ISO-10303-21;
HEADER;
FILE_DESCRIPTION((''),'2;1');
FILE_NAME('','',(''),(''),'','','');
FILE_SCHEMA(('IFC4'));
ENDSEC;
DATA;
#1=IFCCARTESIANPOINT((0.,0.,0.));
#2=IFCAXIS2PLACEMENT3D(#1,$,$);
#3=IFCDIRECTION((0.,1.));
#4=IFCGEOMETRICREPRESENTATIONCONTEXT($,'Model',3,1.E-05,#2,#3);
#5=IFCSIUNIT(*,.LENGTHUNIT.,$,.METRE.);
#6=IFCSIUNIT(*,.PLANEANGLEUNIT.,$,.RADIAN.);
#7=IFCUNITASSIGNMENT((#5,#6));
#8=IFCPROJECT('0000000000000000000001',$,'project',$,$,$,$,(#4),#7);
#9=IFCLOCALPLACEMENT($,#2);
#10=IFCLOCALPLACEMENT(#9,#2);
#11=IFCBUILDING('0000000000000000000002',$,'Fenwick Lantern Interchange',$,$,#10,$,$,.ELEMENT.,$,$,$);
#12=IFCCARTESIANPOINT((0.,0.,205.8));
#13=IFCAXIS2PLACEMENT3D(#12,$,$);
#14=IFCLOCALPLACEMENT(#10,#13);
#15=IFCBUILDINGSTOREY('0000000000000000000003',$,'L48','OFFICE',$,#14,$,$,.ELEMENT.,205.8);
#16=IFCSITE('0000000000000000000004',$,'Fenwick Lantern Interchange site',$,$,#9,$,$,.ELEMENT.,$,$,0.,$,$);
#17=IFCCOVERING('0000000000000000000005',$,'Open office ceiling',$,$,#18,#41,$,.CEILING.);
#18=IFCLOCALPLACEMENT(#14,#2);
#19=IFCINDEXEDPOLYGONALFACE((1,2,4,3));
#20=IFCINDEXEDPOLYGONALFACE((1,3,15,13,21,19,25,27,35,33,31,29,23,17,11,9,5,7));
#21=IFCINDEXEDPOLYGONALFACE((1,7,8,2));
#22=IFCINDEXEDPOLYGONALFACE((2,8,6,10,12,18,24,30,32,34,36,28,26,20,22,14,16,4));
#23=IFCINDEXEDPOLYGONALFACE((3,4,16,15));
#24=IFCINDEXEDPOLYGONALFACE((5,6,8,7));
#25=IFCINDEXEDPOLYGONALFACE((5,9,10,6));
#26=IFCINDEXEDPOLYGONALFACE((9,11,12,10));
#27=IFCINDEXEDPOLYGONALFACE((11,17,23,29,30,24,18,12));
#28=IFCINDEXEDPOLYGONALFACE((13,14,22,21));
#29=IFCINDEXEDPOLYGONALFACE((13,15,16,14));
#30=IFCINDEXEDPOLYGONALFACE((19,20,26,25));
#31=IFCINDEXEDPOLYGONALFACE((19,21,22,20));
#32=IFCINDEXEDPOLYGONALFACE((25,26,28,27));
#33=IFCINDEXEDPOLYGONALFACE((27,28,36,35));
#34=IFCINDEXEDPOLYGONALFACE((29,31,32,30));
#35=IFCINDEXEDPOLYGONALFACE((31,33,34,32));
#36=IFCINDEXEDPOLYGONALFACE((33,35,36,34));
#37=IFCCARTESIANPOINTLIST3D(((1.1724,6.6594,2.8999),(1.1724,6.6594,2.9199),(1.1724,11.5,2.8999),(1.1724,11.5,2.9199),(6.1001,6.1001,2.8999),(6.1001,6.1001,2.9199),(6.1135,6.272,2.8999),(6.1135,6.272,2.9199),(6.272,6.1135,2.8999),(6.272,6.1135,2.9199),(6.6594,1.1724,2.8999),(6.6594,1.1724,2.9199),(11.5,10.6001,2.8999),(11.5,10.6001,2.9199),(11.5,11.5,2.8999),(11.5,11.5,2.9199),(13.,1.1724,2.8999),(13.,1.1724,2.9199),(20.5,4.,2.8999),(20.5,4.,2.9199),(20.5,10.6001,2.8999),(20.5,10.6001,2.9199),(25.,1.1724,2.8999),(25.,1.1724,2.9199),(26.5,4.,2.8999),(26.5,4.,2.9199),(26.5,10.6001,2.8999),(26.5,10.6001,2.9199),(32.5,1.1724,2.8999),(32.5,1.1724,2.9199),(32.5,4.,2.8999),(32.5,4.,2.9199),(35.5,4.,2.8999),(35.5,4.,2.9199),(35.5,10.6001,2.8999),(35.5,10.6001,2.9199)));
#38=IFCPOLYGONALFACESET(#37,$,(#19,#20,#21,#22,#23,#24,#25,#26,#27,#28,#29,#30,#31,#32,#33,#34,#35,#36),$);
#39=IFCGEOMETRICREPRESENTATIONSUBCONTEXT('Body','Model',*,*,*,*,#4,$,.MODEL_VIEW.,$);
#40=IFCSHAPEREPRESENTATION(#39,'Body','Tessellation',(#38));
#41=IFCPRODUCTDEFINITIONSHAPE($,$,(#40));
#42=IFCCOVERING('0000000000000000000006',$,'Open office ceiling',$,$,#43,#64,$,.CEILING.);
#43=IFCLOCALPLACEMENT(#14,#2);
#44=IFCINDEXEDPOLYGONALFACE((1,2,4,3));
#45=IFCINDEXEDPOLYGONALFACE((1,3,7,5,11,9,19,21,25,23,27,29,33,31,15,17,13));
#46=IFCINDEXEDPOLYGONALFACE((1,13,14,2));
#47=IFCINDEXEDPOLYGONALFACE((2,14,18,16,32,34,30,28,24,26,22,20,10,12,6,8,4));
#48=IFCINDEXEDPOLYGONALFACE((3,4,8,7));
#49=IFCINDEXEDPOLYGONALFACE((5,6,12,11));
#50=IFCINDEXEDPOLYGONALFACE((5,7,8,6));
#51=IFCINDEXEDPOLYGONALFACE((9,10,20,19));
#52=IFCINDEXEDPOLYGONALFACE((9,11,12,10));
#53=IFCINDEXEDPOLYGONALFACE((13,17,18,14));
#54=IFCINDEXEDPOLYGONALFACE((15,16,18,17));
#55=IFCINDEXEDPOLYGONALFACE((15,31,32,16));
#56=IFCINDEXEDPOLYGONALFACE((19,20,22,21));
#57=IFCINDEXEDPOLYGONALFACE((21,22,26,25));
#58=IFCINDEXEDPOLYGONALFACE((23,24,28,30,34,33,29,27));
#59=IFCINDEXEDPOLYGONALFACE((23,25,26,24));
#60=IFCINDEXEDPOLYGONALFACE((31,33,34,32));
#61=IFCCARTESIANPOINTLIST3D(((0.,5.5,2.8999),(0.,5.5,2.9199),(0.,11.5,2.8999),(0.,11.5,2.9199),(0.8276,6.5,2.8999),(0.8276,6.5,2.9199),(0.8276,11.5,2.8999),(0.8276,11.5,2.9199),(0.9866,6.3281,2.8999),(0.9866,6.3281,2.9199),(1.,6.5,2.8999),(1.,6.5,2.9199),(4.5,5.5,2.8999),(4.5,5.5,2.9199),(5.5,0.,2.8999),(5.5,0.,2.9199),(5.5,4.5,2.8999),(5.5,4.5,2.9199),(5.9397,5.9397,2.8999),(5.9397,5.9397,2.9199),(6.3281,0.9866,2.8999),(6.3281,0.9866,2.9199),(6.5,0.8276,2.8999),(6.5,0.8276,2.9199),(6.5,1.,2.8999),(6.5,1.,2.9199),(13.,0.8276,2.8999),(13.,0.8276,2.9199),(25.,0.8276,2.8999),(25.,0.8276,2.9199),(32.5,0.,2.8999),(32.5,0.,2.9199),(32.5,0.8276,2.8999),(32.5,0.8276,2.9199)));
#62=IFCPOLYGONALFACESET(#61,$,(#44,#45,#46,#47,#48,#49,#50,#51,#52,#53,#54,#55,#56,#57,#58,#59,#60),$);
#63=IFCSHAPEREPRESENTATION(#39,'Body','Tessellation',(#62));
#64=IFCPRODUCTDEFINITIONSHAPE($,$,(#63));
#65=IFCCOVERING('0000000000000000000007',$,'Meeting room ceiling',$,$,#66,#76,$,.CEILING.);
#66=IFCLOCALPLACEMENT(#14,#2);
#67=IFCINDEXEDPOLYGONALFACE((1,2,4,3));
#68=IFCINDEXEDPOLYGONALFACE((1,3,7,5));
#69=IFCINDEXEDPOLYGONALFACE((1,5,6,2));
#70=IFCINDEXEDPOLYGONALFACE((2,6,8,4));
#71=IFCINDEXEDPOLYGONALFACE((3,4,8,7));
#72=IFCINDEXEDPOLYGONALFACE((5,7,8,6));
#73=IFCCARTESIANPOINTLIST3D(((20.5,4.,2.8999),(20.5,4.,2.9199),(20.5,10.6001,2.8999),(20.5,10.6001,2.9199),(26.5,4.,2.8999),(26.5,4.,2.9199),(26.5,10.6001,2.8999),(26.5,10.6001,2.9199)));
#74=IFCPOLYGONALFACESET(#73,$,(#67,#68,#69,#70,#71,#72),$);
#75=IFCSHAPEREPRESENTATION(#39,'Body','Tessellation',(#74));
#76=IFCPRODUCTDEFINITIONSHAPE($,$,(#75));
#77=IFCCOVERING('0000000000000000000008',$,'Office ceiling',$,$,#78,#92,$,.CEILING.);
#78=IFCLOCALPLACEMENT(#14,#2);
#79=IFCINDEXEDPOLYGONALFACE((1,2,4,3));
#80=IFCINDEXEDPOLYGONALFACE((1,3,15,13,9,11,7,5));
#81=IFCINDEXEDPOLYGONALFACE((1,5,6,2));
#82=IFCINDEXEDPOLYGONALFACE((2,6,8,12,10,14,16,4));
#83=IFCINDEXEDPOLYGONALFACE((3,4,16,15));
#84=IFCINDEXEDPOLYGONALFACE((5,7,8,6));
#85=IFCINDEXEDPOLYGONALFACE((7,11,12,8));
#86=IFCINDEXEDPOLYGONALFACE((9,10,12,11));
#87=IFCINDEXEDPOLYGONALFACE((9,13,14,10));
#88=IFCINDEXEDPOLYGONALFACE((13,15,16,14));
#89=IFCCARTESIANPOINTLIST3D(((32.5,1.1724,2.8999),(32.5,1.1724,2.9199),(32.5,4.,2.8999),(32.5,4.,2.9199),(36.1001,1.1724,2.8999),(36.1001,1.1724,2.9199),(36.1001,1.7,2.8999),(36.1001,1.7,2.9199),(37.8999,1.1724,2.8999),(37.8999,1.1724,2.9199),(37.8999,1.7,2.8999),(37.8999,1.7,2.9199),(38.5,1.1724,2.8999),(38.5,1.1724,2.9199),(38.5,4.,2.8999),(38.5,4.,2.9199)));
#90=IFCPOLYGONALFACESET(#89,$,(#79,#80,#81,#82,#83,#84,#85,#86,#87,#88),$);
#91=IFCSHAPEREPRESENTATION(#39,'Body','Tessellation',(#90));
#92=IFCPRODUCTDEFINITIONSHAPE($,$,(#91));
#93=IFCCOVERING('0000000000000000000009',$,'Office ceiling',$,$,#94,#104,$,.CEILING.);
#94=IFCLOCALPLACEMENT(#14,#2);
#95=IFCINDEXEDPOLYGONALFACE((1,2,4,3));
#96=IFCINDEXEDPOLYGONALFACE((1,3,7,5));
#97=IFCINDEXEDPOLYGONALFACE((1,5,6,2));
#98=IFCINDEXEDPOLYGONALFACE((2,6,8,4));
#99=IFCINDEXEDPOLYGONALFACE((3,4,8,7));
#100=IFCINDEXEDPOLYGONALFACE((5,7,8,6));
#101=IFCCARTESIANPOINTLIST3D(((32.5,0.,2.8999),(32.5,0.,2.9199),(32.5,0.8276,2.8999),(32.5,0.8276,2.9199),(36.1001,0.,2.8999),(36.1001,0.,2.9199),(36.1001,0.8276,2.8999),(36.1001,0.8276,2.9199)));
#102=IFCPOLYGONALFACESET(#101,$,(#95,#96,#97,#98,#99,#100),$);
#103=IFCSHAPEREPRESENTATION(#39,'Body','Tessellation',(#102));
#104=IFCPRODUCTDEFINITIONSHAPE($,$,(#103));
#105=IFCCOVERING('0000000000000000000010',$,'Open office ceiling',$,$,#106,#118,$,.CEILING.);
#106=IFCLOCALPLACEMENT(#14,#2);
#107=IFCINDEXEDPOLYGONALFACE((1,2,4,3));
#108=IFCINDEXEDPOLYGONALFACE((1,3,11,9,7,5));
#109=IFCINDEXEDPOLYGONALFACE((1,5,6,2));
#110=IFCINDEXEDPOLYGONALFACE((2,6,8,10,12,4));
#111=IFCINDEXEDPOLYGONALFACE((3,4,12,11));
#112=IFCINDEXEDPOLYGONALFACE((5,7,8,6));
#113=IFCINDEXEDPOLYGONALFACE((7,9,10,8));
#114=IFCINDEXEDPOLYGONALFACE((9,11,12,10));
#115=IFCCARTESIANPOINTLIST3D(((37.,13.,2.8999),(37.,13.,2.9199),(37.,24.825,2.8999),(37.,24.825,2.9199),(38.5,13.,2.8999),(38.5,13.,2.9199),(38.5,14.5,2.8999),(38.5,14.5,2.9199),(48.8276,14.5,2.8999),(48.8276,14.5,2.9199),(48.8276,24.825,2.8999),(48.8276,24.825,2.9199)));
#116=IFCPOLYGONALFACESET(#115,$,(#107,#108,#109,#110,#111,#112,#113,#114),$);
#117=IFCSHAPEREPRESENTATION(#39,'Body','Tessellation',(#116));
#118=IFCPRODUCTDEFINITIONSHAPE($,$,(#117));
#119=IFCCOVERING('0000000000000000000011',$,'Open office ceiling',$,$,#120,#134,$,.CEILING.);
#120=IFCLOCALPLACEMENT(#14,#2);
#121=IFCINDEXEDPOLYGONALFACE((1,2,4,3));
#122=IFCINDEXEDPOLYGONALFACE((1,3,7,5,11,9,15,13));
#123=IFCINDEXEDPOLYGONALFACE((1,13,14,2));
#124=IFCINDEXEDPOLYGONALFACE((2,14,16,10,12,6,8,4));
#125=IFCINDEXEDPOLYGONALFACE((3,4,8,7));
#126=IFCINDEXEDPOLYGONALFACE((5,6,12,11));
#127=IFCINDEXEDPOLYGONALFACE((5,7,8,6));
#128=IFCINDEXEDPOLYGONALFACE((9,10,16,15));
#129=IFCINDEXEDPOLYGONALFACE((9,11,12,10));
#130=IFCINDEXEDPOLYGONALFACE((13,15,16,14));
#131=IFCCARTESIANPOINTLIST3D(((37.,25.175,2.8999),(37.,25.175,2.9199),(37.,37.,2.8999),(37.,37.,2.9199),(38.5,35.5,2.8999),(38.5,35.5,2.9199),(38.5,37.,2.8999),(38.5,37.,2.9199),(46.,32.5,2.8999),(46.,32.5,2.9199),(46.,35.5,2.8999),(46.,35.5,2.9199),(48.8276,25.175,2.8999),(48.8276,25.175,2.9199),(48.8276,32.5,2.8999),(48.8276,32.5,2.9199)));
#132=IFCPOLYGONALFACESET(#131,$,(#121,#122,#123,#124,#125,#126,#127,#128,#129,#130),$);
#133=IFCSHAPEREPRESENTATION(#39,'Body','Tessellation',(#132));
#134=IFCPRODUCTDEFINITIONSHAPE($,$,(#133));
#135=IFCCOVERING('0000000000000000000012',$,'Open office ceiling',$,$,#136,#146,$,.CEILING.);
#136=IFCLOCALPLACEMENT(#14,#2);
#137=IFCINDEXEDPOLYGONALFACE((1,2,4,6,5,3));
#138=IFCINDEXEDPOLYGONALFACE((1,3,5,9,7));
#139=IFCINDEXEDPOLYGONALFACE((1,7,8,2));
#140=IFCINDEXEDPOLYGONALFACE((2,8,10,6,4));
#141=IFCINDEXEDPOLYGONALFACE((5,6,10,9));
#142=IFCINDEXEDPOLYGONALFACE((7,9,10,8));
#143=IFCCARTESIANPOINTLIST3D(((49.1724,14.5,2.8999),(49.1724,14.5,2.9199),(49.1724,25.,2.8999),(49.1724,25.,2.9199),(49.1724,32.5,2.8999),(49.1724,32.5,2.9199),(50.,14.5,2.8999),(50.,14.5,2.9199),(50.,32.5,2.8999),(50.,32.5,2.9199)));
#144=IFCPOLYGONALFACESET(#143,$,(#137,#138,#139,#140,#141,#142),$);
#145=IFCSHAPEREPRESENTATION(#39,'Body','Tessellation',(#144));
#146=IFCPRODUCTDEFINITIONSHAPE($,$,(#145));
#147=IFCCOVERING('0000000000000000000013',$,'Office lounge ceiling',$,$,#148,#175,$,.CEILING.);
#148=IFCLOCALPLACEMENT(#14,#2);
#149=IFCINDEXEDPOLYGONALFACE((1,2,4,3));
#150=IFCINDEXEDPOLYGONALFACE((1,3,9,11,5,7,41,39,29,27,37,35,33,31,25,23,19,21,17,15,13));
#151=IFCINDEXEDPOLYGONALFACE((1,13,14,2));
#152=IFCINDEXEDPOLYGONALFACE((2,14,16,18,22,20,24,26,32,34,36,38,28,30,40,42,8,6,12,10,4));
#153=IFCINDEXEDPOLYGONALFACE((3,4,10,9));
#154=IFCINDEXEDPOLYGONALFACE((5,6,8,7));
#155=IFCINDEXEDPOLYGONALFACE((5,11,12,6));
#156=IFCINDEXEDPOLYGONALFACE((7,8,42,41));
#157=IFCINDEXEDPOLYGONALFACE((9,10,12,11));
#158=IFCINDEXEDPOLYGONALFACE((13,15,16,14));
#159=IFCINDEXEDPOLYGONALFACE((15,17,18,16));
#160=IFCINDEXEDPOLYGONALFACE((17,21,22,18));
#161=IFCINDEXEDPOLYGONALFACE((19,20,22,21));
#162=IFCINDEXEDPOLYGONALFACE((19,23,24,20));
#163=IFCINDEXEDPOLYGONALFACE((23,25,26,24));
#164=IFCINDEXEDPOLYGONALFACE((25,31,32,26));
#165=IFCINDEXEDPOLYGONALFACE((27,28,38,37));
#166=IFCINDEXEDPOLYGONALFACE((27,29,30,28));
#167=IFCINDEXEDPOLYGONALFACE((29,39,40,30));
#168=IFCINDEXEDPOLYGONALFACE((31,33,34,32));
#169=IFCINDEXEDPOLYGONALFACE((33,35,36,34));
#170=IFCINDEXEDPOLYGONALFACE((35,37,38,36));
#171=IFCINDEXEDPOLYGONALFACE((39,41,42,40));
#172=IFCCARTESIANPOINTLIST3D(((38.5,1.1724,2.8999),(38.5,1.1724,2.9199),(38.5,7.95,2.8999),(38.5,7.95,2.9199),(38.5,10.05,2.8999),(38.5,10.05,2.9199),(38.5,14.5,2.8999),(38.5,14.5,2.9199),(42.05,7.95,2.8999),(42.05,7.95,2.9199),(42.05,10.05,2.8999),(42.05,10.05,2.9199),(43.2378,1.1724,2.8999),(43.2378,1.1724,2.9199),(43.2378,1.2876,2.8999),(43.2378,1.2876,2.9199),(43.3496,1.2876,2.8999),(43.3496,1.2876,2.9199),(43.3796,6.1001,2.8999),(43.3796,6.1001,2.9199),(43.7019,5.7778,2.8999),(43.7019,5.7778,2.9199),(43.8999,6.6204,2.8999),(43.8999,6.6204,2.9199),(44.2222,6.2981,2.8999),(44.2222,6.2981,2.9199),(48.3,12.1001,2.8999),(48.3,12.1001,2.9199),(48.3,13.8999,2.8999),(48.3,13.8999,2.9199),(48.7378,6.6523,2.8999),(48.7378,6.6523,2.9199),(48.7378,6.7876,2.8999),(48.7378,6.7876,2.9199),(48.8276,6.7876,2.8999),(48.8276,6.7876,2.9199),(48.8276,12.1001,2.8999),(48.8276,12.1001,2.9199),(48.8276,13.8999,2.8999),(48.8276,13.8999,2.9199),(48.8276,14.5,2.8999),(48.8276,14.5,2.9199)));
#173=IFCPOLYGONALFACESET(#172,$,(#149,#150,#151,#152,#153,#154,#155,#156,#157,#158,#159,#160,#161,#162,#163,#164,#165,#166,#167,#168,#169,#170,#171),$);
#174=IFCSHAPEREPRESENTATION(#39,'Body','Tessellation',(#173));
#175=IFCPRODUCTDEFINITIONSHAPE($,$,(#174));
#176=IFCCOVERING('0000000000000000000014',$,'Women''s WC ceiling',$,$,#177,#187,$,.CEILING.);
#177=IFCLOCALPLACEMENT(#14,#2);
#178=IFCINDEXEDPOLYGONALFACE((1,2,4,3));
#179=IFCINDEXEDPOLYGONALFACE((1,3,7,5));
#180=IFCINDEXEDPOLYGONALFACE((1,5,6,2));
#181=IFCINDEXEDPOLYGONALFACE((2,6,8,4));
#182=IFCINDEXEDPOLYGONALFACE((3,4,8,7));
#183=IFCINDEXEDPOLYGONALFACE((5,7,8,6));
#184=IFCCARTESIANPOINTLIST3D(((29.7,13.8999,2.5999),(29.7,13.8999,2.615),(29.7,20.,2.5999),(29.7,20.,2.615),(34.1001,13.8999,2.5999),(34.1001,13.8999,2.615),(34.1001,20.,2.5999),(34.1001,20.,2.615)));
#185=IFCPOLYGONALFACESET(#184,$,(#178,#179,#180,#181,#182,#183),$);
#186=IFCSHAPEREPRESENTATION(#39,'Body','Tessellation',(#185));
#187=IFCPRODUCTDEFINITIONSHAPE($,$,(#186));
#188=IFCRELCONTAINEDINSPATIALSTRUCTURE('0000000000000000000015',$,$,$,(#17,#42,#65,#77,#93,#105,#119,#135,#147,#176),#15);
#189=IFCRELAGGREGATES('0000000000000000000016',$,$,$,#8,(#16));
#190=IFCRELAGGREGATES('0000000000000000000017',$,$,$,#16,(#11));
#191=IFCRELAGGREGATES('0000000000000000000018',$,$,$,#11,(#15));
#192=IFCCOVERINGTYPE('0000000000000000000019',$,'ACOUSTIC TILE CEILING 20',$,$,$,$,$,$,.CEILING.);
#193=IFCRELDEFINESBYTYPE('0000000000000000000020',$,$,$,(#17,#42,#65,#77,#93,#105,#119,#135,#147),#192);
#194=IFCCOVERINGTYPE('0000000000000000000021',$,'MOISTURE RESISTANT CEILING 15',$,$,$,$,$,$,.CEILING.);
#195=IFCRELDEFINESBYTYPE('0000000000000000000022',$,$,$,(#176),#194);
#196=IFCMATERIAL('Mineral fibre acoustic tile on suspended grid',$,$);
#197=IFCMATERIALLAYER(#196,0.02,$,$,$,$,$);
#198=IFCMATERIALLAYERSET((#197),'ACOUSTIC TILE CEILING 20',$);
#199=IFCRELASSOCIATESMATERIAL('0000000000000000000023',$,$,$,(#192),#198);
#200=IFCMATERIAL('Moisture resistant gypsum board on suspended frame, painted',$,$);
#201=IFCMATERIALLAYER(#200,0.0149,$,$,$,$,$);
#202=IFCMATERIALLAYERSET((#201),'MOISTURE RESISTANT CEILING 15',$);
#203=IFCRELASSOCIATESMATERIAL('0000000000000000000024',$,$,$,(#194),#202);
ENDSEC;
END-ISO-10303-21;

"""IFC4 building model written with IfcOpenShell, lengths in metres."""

from ifc_helpers import new_model, si_unit, direction, frame, origin, place, context, subcontext, project, spatial, polyline, outline, extrude, material, layer, layer_set, type_object, element, save


model = new_model("IFC4")

# Units and contexts
model_context = context("Model", 3, precision=1e-05, world=origin(), true_north=direction((0.0, 1.0)))
body_context = subcontext(model_context, "Body", "Model", "MODEL_VIEW")
ifc_project = project(units=[si_unit("LENGTHUNIT", "METRE"), si_unit("PLANEANGLEUNIT", "RADIAN")], contexts=[model_context])

# Site, building, storey
site_placement = place(None, origin())
site = spatial("IfcSite", under=ifc_project, at=site_placement, Name="Fenwick Lantern Interchange site", CompositionType="ELEMENT", RefElevation=0.0)
building_placement = place(site_placement, origin())
building = spatial("IfcBuilding", under=site, at=building_placement, Name="Fenwick Lantern Interchange", CompositionType="ELEMENT")
storey_placement = place(building_placement, frame((0.0, 0.0, 205.8)))
storey = spatial("IfcBuildingStorey", under=building, at=storey_placement, Name="L48", Description="OFFICE", CompositionType="ELEMENT", Elevation=205.8)

# Coverings
ifc_material_1 = material(Name="Mineral fibre acoustic tile on suspended grid")
ifc_layer_1 = layer(ifc_material_1, 0.02)
ifc_layer_set_1 = layer_set([ifc_layer_1], Name="ACOUSTIC TILE CEILING 20")
covering_type_1 = type_object("IfcCoveringType", Name="ACOUSTIC TILE CEILING 20", PredefinedType="CEILING", material=ifc_layer_set_1)
covering_1_placement = place(storey_placement, frame((0.0, 0.0, 2.8999)))
element("IfcCovering", 1, at=covering_1_placement, inside=storey, type_object=covering_type_1, Name="Open office ceiling", PredefinedType="CEILING", context=body_context, shape_type="SweptSolid", body=[
    extrude(outline(polyline([(26.5, 10.6001), (26.5, 4.0), (20.5, 4.0), (20.5, 10.6001), (11.5, 10.6001), (11.5, 11.5), (1.1724, 11.5), (1.1724, 6.6594), (6.1135, 6.272), (6.1001, 6.1001), (6.272, 6.1135), (6.6594, 1.1724), (13.0, 1.1724), (25.0, 1.1724), (32.5, 1.1724), (32.5, 4.0), (35.5, 4.0), (35.5, 10.6001), (26.5, 10.6001)])), origin(), (0.0, 0.0, 1.0), 0.02),
])
covering_2_placement = place(storey_placement, frame((0.0, 0.0, 2.8999)))
element("IfcCovering", 2, at=covering_2_placement, inside=storey, type_object=covering_type_1, Name="Open office ceiling", PredefinedType="CEILING", context=body_context, shape_type="SweptSolid", body=[
    extrude(outline(polyline([(32.5, 0.0), (32.5, 0.8276), (25.0, 0.8276), (13.0, 0.8276), (6.5, 0.8276), (6.5, 1.0), (6.3281, 0.9866), (5.9397, 5.9397), (0.9866, 6.3281), (1.0, 6.5), (0.8276, 6.5), (0.8276, 11.5), (0.0, 11.5), (0.0, 5.5), (4.5, 5.5), (5.5, 4.5), (5.5, 0.0), (32.5, 0.0)])), origin(), (0.0, 0.0, 1.0), 0.02),
])
covering_3_placement = place(storey_placement, frame((0.0, 0.0, 2.8999)))
element("IfcCovering", 3, at=covering_3_placement, inside=storey, type_object=covering_type_1, Name="Meeting room ceiling", PredefinedType="CEILING", context=body_context, shape_type="SweptSolid", body=[
    extrude(outline(polyline([(20.5, 4.0), (26.5, 4.0), (26.5, 10.6001), (20.5, 10.6001), (20.5, 4.0)])), origin(), (0.0, 0.0, 1.0), 0.02),
])
covering_4_placement = place(storey_placement, frame((0.0, 0.0, 2.8999)))
element("IfcCovering", 4, at=covering_4_placement, inside=storey, type_object=covering_type_1, Name="Office ceiling", PredefinedType="CEILING", context=body_context, shape_type="SweptSolid", body=[
    extrude(outline(polyline([(32.5, 4.0), (32.5, 1.1724), (36.1001, 1.1724), (36.1001, 1.7), (37.8999, 1.7), (37.8999, 1.1724), (38.5, 1.1724), (38.5, 4.0), (32.5, 4.0)])), origin(), (0.0, 0.0, 1.0), 0.02),
])
covering_5_placement = place(storey_placement, frame((0.0, 0.0, 2.8999)))
element("IfcCovering", 5, at=covering_5_placement, inside=storey, type_object=covering_type_1, Name="Office ceiling", PredefinedType="CEILING", context=body_context, shape_type="SweptSolid", body=[
    extrude(outline(polyline([(32.5, 0.8276), (32.5, 0.0), (36.1001, 0.0), (36.1001, 0.8276), (32.5, 0.8276)])), origin(), (0.0, 0.0, 1.0), 0.02),
])
covering_6_placement = place(storey_placement, frame((0.0, 0.0, 2.8999)))
element("IfcCovering", 6, at=covering_6_placement, inside=storey, type_object=covering_type_1, Name="Open office ceiling", PredefinedType="CEILING", context=body_context, shape_type="SweptSolid", body=[
    extrude(outline(polyline([(38.5, 14.5), (48.8276, 14.5), (48.8276, 24.825), (37.0, 24.825), (37.0, 13.0), (38.5, 13.0), (38.5, 14.5)])), origin(), (0.0, 0.0, 1.0), 0.02),
])
covering_7_placement = place(storey_placement, frame((0.0, 0.0, 2.8999)))
element("IfcCovering", 7, at=covering_7_placement, inside=storey, type_object=covering_type_1, Name="Open office ceiling", PredefinedType="CEILING", context=body_context, shape_type="SweptSolid", body=[
    extrude(outline(polyline([(46.0, 32.5), (46.0, 35.5), (38.5, 35.5), (38.5, 37.0), (37.0, 37.0), (37.0, 25.175), (48.8276, 25.175), (48.8276, 32.5), (46.0, 32.5)])), origin(), (0.0, 0.0, 1.0), 0.02),
])
covering_8_placement = place(storey_placement, frame((0.0, 0.0, 2.8999)))
element("IfcCovering", 8, at=covering_8_placement, inside=storey, type_object=covering_type_1, Name="Open office ceiling", PredefinedType="CEILING", context=body_context, shape_type="SweptSolid", body=[
    extrude(outline(polyline([(50.0, 32.5), (49.1724, 32.5), (49.1724, 25.0), (49.1724, 14.5), (50.0, 14.5), (50.0, 32.5)])), origin(), (0.0, 0.0, 1.0), 0.02),
])
covering_9_placement = place(storey_placement, frame((0.0, 0.0, 2.8999)))
element("IfcCovering", 9, at=covering_9_placement, inside=storey, type_object=covering_type_1, Name="Office lounge ceiling", PredefinedType="CEILING", context=body_context, shape_type="SweptSolid", body=[
    extrude(outline(polyline([(43.2378, 1.2876), (43.3496, 1.2876), (43.7019, 5.7778), (43.3796, 6.1001), (43.8999, 6.6204), (44.2222, 6.2981), (48.7378, 6.6523), (48.7378, 6.7876), (48.8276, 6.7876), (48.8276, 12.1001), (48.3, 12.1001), (48.3, 13.8999), (48.8276, 13.8999), (48.8276, 14.5), (38.5, 14.5), (38.5, 10.05), (42.05, 10.05), (42.05, 7.95), (38.5, 7.95), (38.5, 1.1724), (43.2378, 1.1724), (43.2378, 1.2876)])), origin(), (0.0, 0.0, 1.0), 0.02),
])
ifc_material_2 = material(Name="Moisture resistant gypsum board on suspended frame, painted")
ifc_layer_2 = layer(ifc_material_2, 0.0149)
ifc_layer_set_2 = layer_set([ifc_layer_2], Name="MOISTURE RESISTANT CEILING 15")
covering_type_2 = type_object("IfcCoveringType", Name="MOISTURE RESISTANT CEILING 15", PredefinedType="CEILING", material=ifc_layer_set_2)
covering_10_placement = place(storey_placement, frame((0.0, 0.0, 2.5999)))
element("IfcCovering", 10, at=covering_10_placement, inside=storey, type_object=covering_type_2, Name="Women's WC ceiling", PredefinedType="CEILING", context=body_context, shape_type="SweptSolid", body=[
    extrude(outline(polyline([(29.7, 13.8999), (34.1001, 13.8999), (34.1001, 20.0), (29.7, 20.0), (29.7, 13.8999)])), origin(), (0.0, 0.0, 1.0), 0.0151),
])

save(model, "model.ifc")
